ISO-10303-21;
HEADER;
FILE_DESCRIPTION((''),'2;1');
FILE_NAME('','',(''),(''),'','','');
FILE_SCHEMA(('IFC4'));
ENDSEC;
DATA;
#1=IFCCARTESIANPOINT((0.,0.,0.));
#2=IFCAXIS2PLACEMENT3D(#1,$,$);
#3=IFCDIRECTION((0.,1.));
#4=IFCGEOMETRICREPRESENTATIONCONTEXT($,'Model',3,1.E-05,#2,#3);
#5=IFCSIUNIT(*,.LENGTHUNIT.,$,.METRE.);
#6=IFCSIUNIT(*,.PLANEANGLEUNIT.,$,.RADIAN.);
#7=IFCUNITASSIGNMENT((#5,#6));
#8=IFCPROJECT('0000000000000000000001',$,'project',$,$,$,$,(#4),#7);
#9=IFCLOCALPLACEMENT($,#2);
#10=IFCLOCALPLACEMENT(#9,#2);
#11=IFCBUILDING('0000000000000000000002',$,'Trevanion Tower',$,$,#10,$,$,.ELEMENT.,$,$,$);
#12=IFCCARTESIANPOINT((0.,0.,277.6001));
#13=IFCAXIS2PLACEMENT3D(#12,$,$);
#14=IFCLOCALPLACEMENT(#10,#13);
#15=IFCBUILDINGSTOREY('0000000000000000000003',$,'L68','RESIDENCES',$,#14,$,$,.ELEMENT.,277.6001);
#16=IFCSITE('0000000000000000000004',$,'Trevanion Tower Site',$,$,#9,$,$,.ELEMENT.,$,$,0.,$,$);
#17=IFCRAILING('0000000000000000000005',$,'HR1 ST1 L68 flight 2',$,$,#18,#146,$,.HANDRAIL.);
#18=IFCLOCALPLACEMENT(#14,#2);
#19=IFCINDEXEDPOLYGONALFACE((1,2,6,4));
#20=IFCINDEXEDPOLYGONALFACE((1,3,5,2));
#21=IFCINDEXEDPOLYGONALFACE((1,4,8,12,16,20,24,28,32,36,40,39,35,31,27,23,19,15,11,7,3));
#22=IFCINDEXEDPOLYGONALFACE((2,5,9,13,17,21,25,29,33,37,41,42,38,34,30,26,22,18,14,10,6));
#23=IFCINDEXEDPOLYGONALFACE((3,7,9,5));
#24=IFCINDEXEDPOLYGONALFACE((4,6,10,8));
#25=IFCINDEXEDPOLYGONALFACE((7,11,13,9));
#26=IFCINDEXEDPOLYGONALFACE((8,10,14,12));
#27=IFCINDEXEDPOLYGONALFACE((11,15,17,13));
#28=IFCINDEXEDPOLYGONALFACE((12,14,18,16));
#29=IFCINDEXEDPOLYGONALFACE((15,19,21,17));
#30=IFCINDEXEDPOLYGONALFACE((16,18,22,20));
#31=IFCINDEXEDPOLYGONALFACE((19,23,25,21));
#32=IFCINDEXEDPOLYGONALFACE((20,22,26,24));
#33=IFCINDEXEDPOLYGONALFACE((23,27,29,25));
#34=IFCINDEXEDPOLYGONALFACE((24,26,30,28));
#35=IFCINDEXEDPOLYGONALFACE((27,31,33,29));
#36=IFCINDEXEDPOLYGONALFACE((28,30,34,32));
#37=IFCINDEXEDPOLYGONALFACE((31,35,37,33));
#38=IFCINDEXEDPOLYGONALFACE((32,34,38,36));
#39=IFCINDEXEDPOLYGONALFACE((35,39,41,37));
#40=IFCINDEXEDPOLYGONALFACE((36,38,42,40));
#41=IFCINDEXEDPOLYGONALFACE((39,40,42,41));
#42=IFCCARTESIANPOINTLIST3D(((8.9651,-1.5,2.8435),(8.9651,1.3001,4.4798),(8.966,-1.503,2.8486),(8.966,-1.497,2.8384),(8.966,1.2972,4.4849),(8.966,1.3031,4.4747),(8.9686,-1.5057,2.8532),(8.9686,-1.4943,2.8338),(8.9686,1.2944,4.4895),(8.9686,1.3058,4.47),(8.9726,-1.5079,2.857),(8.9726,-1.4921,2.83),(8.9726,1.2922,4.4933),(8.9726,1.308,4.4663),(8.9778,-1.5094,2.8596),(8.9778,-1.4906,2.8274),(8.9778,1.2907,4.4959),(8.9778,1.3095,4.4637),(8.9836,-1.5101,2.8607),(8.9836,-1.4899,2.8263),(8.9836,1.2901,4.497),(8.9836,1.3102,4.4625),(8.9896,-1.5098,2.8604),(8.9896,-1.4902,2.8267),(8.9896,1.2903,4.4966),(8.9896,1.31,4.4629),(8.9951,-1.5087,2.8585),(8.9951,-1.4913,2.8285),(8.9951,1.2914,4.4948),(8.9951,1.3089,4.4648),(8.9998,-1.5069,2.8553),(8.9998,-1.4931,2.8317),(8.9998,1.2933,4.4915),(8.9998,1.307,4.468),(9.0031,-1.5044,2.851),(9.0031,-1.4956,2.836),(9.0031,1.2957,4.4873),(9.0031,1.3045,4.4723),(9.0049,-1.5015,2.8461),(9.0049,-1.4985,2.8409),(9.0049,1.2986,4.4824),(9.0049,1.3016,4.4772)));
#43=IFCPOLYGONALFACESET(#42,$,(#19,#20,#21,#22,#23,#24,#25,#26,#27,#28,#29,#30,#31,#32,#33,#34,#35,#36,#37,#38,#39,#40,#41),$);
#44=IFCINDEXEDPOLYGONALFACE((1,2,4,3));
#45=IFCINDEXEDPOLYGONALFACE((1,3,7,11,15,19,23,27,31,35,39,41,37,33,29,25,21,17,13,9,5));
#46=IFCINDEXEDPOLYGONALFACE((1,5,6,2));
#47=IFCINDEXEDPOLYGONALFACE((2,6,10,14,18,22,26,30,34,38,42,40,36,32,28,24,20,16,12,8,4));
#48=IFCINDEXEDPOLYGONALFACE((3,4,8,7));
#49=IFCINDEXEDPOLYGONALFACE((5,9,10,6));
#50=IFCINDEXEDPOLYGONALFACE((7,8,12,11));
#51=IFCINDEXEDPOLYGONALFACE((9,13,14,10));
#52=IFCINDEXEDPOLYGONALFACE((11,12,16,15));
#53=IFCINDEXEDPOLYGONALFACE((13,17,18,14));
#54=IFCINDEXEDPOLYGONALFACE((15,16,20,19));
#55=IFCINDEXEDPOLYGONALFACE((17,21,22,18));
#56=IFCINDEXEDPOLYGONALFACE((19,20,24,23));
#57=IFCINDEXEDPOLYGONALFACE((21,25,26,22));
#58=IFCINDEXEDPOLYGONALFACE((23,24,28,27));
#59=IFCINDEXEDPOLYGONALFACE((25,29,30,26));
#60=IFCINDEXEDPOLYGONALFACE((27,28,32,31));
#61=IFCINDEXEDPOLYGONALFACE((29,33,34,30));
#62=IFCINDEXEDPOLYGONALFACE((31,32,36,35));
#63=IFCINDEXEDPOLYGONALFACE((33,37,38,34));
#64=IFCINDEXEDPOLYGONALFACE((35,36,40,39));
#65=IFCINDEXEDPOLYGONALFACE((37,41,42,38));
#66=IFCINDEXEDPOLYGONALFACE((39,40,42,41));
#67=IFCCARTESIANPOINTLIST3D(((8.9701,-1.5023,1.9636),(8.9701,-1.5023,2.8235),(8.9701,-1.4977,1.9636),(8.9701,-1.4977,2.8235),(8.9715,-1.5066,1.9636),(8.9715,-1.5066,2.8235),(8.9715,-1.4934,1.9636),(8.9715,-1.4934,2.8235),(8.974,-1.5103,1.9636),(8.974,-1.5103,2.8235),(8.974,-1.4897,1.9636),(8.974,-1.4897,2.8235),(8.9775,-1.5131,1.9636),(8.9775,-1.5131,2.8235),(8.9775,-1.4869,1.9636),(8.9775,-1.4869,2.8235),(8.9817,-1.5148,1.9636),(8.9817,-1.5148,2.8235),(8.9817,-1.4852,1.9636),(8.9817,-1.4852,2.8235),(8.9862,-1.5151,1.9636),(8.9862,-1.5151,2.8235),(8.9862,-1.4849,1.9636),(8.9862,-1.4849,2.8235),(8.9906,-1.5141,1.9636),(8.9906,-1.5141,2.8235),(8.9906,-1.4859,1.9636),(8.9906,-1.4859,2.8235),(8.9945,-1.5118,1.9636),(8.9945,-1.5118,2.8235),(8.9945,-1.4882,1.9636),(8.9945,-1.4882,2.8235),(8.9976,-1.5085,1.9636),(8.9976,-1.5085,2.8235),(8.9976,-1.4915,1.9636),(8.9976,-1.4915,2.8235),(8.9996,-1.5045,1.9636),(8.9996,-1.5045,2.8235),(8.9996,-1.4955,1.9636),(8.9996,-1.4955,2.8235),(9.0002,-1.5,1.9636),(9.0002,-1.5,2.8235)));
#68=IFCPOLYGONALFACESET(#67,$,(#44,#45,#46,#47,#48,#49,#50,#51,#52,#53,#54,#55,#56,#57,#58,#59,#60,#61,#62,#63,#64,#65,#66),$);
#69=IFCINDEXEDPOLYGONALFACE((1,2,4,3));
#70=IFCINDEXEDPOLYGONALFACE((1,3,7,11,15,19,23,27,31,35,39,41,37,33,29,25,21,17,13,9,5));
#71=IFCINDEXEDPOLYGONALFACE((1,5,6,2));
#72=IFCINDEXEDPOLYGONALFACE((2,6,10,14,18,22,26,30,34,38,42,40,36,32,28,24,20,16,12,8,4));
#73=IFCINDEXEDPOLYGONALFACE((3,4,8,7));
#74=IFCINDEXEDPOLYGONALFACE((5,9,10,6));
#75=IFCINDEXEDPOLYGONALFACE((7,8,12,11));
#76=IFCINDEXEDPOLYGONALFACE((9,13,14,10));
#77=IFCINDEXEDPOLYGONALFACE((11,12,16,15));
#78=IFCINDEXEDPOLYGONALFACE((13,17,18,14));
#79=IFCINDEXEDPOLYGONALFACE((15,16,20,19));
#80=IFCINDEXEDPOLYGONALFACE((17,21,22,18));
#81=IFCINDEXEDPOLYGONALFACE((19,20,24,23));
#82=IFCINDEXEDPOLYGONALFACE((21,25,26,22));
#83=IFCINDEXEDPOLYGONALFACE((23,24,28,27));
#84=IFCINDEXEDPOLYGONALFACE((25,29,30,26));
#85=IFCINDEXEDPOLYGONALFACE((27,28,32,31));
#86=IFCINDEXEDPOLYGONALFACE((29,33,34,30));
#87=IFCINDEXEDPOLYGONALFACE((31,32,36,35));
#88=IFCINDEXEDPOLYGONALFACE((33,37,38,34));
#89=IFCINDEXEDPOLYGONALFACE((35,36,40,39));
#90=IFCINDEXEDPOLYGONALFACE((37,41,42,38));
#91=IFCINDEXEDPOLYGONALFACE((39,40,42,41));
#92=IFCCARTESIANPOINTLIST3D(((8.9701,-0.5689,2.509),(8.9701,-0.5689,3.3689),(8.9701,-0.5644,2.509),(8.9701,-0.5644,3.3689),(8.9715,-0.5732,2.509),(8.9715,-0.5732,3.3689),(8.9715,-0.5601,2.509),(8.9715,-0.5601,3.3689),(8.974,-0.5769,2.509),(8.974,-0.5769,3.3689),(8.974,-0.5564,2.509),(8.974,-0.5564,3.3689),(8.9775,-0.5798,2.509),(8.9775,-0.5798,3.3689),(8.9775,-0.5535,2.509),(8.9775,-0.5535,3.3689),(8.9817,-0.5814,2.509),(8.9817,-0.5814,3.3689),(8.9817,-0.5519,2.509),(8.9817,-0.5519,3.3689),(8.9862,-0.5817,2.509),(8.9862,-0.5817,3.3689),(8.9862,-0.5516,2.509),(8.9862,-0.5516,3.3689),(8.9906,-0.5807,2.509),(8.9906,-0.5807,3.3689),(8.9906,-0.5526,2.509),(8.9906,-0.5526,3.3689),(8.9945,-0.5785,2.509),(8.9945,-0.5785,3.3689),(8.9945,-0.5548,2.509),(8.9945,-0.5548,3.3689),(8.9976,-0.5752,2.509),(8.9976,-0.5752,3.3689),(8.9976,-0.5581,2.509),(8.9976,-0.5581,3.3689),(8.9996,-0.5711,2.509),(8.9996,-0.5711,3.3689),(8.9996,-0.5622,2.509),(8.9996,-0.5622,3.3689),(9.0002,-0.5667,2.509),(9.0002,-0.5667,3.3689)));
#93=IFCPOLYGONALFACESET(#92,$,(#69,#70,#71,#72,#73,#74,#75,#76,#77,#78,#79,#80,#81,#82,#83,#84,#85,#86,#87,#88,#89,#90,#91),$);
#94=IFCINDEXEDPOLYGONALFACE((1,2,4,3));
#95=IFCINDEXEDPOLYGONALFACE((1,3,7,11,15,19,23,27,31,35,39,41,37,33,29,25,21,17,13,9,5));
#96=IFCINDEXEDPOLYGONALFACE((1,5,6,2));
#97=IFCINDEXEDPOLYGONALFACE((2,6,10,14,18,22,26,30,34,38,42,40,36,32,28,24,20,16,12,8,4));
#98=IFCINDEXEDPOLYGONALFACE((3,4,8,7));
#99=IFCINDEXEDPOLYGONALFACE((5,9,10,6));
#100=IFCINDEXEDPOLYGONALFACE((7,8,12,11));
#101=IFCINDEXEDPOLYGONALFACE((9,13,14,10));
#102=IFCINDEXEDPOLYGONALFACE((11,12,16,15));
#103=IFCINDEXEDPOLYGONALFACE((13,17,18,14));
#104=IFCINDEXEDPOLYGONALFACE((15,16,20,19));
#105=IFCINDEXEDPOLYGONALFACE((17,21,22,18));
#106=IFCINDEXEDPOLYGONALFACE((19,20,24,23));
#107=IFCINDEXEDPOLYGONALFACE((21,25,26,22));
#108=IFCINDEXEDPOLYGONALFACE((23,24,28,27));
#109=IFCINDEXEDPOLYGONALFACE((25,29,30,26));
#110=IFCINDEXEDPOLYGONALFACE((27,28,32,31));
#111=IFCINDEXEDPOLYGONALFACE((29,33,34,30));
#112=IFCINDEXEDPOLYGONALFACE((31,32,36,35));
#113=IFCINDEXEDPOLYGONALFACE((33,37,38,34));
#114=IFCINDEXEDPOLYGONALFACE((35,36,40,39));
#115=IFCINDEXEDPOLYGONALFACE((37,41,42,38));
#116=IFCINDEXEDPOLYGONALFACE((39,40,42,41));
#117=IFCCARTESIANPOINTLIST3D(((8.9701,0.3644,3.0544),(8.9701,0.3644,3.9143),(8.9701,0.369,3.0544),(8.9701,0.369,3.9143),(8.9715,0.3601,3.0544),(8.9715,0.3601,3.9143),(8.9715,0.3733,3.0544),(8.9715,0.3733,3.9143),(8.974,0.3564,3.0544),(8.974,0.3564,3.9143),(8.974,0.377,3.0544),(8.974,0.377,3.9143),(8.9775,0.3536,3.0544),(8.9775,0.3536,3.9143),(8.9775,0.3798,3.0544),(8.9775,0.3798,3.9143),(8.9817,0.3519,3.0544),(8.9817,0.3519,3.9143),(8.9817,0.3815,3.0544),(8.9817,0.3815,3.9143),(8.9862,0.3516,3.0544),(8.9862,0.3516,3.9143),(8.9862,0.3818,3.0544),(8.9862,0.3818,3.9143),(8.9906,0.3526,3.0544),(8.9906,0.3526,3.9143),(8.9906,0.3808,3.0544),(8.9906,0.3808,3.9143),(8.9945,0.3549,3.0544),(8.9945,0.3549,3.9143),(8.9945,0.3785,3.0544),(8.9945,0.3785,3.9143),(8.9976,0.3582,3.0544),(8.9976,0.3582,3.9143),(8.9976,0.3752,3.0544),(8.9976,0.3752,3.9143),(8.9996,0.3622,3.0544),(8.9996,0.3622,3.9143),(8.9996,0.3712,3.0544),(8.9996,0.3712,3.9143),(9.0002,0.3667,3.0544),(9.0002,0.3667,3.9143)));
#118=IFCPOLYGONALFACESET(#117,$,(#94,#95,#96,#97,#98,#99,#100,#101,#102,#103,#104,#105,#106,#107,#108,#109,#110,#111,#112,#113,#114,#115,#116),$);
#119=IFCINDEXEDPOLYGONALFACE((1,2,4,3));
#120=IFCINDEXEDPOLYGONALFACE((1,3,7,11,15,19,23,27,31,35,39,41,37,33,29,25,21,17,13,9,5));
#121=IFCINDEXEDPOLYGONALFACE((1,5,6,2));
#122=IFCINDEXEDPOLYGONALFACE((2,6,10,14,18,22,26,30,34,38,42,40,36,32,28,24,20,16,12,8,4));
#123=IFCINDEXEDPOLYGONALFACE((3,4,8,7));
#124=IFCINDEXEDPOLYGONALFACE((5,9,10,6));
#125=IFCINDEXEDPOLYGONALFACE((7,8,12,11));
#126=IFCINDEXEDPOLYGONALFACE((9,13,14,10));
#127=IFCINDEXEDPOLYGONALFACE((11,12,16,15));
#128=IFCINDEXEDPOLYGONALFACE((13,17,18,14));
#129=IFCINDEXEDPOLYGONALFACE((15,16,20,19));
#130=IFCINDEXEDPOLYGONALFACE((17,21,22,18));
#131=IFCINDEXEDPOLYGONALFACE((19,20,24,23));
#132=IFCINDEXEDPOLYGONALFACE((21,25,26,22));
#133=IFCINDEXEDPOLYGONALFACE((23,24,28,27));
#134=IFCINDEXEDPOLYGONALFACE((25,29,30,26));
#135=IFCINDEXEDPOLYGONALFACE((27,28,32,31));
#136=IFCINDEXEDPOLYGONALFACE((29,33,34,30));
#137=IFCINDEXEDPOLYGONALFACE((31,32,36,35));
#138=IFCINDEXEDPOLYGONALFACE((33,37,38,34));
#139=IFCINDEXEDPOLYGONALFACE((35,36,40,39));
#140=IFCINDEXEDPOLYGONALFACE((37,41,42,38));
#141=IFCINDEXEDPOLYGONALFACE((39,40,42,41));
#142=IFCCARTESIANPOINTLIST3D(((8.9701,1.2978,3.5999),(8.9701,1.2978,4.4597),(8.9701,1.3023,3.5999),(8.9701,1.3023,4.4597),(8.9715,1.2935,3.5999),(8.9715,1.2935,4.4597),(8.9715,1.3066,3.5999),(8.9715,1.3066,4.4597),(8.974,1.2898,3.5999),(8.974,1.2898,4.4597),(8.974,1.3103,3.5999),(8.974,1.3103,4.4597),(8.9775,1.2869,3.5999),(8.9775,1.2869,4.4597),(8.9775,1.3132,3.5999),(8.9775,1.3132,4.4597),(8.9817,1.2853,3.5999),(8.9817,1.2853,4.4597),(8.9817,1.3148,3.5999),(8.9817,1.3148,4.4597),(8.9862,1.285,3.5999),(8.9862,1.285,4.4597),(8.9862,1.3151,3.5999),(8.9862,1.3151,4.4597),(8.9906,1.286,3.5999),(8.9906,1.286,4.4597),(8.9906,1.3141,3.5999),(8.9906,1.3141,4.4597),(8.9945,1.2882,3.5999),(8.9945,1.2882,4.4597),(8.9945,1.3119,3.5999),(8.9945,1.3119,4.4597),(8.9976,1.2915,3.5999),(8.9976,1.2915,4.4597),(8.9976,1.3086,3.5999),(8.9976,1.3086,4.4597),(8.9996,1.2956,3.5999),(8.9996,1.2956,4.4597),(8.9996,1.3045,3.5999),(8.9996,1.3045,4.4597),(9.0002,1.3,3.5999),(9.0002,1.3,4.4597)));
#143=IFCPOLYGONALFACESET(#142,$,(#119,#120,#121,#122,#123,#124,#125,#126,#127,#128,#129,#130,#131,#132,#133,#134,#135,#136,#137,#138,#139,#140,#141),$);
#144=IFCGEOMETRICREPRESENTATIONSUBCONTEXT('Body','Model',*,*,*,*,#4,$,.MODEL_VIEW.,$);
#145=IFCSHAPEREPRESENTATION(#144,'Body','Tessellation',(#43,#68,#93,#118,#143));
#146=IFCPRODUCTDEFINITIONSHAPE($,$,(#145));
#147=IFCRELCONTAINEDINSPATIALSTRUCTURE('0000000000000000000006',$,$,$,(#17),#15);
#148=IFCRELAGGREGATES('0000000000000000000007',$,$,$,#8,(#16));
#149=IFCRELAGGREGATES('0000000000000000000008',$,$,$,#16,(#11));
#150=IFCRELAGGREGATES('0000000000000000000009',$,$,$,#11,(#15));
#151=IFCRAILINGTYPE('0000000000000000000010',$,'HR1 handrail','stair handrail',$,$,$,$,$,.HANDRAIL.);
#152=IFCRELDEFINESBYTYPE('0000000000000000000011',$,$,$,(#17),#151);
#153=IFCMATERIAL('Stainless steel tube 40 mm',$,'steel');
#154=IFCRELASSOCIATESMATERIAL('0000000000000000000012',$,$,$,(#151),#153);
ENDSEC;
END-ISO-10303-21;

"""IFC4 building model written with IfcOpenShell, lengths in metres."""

from ifc_helpers import new_model, si_unit, direction, frame, origin, origin_2d, place, context, subcontext, project, spatial, circle, extrude, material, type_object, element, save


model = new_model("IFC4")

# Units and contexts
model_context = context("Model", 3, precision=1e-05, world=origin(), true_north=direction((0.0, 1.0)))
body_context = subcontext(model_context, "Body", "Model", "MODEL_VIEW")
ifc_project = project(units=[si_unit("LENGTHUNIT", "METRE"), si_unit("PLANEANGLEUNIT", "RADIAN")], contexts=[model_context])

# Site, building, storey
site_placement = place(None, origin())
site = spatial("IfcSite", under=ifc_project, at=site_placement, Name="Trevanion Tower Site", CompositionType="ELEMENT", RefElevation=0.0)
building_placement = place(site_placement, origin())
building = spatial("IfcBuilding", under=site, at=building_placement, Name="Trevanion Tower", CompositionType="ELEMENT")
storey_placement = place(building_placement, frame((0.0, 0.0, 277.6001)))
storey = spatial("IfcBuildingStorey", under=building, at=storey_placement, Name="L68", Description="RESIDENCES", CompositionType="ELEMENT", Elevation=277.6001)

# Railing
ifc_material_1 = material(Name="Stainless steel tube 40 mm", Category="steel")
railing_type = type_object("IfcRailingType", Name="HR1 handrail", Description="stair handrail", PredefinedType="HANDRAIL", material=ifc_material_1)
for number, where, name in (
    (1, (8.9851, -1.5, 1.9636), "HR1 ST1 L68 flight 2"),
):
    element("IfcRailing", number, at=place(storey_placement, frame(where)), inside=storey, type_object=railing_type, Name=name, PredefinedType="HANDRAIL", context=body_context, shape_type="SweptSolid", body=[
        extrude(circle(Radius=0.02, at=origin_2d()), frame((0.0, 0.0, 0.8799), z_axis=(0.0, 0.863394, 0.504531), x_axis=(-1.0, 0.0, 0.0)), (0.0, 0.0, 1.0), 3.2432),
        extrude(circle(Radius=0.0151, at=origin_2d()), origin(), (0.0, 0.0, 1.0), 0.8599),
        extrude(circle(Radius=0.0151, at=origin_2d()), frame((0.0, 0.9333, 0.5454)), (0.0, 0.0, 1.0), 0.8599),
        extrude(circle(Radius=0.0151, at=origin_2d()), frame((0.0, 1.8667, 1.0908)), (0.0, 0.0, 1.0), 0.8599),
        extrude(circle(Radius=0.0151, at=origin_2d()), frame((0.0, 2.8, 1.6362)), (0.0, 0.0, 1.0), 0.8599),
    ])

save(model, "model.ifc")
